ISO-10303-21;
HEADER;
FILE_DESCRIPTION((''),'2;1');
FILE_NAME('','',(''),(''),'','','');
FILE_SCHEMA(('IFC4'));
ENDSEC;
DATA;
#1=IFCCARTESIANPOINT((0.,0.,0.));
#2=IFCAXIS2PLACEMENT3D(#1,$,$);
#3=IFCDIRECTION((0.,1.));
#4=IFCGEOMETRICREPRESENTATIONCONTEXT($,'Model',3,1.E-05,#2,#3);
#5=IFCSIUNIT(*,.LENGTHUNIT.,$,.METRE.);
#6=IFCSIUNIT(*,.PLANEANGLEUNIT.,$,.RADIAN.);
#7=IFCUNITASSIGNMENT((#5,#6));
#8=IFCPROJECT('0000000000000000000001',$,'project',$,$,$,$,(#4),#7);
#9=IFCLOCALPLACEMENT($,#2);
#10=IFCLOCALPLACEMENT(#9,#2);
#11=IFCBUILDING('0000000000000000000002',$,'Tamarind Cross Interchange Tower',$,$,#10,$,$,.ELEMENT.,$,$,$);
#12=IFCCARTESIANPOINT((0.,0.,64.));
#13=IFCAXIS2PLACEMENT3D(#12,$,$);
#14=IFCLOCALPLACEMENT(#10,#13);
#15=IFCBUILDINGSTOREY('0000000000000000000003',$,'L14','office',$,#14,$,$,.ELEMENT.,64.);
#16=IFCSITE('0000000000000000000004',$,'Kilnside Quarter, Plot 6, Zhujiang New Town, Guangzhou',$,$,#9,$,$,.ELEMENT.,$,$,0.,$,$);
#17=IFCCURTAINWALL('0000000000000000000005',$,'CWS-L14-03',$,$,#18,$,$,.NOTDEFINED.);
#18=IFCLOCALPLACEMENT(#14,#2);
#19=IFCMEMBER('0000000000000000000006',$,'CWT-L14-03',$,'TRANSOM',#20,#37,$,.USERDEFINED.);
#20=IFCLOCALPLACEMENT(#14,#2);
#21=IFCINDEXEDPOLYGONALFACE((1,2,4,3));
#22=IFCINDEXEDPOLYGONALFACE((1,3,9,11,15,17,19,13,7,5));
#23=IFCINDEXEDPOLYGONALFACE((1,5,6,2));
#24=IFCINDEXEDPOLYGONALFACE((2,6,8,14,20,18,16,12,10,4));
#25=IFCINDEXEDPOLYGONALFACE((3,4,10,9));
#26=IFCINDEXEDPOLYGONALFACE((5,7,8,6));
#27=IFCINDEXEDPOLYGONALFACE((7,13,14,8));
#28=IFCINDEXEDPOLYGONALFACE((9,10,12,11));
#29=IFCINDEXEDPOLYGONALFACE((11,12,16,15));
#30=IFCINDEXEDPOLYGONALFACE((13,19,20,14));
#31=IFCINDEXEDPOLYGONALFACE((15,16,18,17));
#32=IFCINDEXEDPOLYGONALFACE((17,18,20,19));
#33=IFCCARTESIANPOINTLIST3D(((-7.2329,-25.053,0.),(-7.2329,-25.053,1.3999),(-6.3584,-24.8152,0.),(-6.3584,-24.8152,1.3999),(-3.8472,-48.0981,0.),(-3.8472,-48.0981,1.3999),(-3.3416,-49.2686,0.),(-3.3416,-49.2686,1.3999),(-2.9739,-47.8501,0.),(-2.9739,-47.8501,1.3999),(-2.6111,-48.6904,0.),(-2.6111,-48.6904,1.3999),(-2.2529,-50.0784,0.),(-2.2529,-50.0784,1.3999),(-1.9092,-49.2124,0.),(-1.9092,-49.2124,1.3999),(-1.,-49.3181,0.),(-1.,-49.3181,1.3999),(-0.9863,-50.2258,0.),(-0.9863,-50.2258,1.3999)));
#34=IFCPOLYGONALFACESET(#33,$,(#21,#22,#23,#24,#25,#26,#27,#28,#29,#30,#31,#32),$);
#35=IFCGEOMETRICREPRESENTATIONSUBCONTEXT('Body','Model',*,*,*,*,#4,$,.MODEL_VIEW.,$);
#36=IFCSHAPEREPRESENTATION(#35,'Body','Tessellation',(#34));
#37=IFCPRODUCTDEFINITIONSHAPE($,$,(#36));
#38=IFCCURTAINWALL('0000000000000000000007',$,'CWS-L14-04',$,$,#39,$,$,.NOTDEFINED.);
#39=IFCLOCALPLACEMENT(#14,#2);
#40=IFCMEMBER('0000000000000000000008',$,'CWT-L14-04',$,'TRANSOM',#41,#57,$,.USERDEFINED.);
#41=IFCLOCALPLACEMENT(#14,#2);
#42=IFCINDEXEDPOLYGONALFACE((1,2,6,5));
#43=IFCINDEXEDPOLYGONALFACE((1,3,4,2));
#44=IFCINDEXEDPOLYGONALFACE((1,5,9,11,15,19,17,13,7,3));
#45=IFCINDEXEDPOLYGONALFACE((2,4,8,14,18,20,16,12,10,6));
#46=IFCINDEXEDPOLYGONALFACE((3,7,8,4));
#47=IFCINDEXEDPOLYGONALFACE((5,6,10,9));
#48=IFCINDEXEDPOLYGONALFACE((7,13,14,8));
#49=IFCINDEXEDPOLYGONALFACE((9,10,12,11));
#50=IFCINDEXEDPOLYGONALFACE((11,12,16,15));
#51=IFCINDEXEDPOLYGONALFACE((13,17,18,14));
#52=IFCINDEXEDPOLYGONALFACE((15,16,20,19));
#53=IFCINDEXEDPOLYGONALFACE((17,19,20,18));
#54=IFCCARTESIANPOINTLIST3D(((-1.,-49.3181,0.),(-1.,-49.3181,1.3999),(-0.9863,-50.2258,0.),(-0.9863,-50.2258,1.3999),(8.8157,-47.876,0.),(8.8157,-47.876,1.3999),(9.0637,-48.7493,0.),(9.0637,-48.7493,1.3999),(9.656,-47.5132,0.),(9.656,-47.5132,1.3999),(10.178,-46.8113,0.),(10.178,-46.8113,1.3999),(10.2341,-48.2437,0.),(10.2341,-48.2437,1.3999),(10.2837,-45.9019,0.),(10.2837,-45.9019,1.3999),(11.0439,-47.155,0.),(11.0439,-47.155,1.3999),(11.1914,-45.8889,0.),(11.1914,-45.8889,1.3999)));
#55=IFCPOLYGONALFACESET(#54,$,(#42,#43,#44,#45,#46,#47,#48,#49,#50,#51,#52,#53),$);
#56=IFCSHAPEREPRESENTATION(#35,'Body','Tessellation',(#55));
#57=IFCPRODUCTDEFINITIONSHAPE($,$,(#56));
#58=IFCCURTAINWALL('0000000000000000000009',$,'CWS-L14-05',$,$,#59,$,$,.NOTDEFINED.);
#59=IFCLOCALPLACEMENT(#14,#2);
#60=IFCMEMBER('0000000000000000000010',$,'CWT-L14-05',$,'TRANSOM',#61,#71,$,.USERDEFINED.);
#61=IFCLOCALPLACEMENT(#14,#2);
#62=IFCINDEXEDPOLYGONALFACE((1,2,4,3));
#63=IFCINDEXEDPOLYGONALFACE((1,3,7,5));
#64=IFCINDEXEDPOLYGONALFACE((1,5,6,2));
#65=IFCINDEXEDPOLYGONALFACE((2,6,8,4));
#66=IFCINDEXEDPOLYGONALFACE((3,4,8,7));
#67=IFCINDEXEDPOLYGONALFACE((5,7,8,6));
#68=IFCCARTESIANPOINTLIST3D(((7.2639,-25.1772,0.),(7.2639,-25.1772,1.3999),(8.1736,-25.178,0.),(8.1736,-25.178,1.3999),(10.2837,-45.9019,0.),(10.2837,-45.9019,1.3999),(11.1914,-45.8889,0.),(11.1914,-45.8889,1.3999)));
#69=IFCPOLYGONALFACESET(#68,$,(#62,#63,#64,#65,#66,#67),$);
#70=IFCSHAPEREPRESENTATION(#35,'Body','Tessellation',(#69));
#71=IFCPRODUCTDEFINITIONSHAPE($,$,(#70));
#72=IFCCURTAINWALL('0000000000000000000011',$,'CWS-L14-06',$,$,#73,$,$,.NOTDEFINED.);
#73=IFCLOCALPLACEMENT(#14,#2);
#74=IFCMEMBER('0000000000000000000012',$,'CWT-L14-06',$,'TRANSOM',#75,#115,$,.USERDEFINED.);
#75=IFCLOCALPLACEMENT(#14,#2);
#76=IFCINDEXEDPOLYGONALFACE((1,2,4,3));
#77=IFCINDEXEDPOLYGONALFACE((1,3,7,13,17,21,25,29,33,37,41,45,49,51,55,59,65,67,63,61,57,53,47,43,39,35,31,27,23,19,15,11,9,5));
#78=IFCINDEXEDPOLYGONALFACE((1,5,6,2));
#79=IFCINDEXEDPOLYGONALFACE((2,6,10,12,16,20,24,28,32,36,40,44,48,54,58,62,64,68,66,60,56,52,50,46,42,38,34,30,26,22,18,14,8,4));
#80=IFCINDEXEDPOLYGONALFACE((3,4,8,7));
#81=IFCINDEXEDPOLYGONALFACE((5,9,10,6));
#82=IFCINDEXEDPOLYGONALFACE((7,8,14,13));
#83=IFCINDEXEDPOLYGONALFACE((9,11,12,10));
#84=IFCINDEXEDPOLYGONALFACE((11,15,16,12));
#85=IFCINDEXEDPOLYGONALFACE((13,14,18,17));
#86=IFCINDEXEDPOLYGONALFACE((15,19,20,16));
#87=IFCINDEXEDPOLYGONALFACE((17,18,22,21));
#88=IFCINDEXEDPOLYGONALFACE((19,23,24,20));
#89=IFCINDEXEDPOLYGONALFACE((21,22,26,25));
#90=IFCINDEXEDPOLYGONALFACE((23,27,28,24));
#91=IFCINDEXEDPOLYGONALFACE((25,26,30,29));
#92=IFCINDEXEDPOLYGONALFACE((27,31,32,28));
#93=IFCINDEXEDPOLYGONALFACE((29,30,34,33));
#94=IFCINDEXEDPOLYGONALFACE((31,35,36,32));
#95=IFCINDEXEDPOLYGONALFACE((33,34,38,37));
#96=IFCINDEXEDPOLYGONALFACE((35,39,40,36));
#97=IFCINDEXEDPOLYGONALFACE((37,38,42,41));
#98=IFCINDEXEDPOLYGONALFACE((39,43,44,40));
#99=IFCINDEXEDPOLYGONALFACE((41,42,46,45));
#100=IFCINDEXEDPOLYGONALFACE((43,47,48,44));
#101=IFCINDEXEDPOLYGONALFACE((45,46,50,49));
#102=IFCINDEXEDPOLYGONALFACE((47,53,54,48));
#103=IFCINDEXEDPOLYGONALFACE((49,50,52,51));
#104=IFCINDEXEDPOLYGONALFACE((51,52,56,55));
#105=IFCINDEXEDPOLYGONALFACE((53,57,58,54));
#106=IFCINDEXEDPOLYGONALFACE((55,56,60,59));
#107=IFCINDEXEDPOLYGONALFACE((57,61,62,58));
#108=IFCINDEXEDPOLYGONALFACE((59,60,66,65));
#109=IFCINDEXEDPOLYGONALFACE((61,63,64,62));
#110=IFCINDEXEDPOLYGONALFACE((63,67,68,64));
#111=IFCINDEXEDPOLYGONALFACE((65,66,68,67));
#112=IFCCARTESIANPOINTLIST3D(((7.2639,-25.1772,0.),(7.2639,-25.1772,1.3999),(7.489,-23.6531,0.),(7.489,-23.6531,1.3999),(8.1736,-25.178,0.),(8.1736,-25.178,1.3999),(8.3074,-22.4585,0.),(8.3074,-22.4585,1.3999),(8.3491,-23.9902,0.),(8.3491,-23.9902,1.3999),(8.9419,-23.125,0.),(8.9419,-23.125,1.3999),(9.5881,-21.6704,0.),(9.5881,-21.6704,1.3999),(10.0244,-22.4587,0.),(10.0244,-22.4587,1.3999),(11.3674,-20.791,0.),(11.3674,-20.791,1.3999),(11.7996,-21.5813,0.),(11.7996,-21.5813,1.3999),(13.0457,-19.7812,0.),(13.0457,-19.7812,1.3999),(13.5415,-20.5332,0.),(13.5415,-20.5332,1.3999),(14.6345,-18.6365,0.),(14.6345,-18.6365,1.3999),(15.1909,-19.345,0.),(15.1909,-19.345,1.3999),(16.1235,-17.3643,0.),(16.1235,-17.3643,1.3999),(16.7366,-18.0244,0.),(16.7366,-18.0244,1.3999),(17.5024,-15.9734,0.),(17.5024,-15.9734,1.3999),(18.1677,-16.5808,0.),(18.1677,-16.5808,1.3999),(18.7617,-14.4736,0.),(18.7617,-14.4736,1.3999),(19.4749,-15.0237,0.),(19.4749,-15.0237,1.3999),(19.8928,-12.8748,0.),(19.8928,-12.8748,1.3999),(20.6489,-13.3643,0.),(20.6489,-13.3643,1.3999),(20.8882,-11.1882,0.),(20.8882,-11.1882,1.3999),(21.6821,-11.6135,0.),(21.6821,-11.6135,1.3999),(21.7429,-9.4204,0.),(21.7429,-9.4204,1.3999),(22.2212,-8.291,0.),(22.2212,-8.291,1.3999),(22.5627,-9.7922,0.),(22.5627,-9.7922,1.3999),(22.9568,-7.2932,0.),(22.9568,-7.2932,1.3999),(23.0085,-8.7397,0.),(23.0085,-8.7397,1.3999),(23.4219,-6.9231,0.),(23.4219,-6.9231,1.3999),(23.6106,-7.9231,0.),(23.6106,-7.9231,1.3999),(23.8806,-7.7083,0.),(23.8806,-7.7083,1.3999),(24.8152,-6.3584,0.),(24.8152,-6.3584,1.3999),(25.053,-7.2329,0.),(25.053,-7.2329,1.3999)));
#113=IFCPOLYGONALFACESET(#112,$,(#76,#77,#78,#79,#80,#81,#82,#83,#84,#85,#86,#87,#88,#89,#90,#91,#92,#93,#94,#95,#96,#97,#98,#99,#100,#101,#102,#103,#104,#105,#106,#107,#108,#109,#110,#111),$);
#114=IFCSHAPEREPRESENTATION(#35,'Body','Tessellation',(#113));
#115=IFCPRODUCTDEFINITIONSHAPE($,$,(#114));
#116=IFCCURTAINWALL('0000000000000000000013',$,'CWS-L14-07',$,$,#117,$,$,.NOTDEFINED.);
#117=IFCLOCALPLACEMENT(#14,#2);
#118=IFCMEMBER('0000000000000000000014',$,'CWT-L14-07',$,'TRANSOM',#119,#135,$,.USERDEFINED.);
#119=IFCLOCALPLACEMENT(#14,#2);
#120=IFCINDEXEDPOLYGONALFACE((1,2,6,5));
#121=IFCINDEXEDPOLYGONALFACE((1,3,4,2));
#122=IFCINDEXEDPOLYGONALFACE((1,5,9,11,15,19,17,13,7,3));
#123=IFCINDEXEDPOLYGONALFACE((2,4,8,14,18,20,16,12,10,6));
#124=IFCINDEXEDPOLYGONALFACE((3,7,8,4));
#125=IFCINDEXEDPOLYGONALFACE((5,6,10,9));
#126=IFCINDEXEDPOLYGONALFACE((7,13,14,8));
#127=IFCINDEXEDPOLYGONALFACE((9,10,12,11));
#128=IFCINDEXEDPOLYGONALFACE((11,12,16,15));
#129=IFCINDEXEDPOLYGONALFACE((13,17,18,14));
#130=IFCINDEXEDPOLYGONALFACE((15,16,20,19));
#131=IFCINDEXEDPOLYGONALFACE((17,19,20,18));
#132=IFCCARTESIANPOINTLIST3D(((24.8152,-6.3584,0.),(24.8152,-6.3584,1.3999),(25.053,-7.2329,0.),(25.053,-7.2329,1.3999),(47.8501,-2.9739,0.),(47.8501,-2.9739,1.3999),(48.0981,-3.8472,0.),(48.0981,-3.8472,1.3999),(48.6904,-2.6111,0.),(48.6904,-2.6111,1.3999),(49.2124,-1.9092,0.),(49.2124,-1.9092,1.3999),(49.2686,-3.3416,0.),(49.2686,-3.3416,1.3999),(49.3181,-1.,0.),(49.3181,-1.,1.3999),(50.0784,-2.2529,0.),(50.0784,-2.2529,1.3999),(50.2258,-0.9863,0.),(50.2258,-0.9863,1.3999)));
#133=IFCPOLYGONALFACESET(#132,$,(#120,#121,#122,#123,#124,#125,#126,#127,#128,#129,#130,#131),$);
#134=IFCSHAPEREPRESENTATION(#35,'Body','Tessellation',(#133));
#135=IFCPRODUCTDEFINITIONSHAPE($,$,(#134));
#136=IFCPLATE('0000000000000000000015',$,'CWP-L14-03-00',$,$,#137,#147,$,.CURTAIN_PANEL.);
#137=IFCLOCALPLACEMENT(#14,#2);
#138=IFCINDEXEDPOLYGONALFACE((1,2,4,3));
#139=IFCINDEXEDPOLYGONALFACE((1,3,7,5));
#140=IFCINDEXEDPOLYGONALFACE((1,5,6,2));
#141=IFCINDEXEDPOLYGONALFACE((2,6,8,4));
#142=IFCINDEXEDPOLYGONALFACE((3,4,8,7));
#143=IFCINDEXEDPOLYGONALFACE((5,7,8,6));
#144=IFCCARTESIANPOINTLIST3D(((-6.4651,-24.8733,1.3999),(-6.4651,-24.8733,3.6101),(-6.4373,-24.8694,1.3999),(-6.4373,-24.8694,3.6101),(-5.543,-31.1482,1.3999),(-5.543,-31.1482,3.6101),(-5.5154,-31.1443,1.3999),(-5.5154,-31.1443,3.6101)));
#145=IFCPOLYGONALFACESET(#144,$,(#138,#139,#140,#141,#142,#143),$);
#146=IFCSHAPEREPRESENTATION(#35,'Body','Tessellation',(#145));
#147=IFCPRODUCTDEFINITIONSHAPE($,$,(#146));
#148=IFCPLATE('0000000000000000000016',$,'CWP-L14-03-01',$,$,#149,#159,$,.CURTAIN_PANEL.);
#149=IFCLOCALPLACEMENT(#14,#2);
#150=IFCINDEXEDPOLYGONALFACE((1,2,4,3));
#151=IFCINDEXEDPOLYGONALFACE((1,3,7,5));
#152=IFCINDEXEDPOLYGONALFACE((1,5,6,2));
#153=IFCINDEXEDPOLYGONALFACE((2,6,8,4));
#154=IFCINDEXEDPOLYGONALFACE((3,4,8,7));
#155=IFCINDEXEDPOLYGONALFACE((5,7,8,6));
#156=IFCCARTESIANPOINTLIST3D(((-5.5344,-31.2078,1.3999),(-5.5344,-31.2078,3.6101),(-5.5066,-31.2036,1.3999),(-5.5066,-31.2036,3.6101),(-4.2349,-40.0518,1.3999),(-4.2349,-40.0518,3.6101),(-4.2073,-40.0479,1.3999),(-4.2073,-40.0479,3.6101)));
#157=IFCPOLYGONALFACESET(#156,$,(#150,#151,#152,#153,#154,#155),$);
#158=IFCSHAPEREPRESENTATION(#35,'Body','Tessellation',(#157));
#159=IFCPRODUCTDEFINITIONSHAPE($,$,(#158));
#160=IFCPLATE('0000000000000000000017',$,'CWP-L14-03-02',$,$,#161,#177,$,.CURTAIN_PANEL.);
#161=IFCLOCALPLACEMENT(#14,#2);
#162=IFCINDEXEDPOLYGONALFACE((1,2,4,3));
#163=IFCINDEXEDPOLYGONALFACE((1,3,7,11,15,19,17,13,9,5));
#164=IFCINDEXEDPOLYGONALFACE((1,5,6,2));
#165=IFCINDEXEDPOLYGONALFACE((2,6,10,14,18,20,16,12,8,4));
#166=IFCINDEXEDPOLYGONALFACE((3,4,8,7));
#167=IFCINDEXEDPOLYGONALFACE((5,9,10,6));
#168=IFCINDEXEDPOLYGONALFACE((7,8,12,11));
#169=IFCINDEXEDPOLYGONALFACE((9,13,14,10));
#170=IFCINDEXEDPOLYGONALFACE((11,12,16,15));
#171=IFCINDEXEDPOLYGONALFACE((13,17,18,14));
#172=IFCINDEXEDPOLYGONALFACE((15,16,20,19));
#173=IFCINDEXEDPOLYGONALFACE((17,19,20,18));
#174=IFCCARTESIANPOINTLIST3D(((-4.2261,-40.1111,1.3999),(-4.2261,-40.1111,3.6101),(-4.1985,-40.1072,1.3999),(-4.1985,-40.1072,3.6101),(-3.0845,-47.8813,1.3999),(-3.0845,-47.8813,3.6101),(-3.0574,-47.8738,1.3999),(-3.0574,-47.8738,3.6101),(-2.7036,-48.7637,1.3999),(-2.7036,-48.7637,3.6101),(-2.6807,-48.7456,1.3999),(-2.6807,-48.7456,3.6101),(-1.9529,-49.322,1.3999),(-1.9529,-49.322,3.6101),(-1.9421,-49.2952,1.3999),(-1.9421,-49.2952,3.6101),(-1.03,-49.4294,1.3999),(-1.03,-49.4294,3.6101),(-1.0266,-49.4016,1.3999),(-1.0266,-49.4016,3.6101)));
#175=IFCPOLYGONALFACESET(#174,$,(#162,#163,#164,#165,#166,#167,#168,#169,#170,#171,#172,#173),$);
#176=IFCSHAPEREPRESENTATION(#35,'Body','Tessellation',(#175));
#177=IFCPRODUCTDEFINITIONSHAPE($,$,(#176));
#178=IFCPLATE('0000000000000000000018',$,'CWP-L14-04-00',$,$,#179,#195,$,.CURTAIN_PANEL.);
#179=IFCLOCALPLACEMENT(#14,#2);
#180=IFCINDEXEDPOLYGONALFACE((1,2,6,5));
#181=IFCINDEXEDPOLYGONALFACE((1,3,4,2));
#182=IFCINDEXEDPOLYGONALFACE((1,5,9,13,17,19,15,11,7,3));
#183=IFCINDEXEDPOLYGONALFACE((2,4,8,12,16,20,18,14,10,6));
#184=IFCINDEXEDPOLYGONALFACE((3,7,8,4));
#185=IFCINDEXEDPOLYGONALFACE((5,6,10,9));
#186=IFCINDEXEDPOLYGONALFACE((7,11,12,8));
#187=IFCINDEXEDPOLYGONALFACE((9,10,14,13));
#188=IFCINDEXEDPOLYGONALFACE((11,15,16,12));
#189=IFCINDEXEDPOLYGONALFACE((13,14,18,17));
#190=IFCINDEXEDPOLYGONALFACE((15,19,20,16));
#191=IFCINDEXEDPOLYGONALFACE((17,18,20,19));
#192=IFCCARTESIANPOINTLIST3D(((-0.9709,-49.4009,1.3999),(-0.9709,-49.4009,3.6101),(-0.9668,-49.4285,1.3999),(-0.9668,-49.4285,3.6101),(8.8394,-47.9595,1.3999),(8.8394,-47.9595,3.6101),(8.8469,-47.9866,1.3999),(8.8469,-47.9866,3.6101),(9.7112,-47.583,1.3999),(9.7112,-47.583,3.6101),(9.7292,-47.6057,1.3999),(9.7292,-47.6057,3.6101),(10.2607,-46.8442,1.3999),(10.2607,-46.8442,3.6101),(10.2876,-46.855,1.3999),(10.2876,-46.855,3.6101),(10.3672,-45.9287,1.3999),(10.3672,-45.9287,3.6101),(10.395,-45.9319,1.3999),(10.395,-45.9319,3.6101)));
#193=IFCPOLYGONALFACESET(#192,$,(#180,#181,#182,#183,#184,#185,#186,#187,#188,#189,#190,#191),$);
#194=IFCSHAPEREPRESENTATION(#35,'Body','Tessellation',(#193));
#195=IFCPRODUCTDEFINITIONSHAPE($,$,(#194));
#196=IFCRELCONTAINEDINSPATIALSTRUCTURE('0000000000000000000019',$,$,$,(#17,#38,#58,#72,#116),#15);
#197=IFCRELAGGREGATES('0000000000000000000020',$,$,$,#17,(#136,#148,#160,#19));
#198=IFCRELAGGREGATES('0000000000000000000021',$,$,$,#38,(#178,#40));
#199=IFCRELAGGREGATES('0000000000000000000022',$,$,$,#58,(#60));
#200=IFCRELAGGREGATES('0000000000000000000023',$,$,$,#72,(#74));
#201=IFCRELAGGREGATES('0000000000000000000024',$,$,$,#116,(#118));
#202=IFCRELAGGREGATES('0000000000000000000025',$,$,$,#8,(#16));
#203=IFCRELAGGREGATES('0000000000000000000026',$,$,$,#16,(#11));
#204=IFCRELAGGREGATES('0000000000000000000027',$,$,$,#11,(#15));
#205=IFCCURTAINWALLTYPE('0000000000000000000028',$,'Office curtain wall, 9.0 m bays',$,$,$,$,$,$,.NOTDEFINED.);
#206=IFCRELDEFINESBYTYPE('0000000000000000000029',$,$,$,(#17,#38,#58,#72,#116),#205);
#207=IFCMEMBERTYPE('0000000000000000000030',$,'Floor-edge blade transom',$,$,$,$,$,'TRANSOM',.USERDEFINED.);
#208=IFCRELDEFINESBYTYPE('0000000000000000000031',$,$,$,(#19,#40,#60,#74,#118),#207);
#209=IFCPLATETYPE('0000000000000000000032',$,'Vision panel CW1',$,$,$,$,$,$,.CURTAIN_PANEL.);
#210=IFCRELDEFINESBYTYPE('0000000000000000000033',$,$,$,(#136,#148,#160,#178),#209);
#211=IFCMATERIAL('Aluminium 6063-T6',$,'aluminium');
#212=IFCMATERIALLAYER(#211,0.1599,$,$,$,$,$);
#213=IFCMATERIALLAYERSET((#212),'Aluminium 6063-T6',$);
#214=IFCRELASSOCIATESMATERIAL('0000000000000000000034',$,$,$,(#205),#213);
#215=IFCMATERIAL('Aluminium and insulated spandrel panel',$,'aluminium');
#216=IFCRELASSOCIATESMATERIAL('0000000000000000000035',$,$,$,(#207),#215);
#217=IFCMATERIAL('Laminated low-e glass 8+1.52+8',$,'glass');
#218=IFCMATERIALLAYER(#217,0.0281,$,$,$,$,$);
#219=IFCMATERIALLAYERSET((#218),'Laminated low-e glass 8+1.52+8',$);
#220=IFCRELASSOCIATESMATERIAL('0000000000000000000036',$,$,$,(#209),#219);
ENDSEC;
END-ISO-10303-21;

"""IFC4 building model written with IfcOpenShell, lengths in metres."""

from ifc_helpers import new_model, si_unit, direction, frame, origin, place, context, subcontext, project, spatial, polyline, outline, extrude, material, layer, layer_set, type_object, element, aggregate, save


model = new_model("IFC4")

# Units and contexts
model_context = context("Model", 3, precision=1e-05, world=origin(), true_north=direction((0.0, 1.0)))
body_context = subcontext(model_context, "Body", "Model", "MODEL_VIEW")
ifc_project = project(units=[si_unit("LENGTHUNIT", "METRE"), si_unit("PLANEANGLEUNIT", "RADIAN")], contexts=[model_context])

# Site, building, storey
site_placement = place(None, origin())
site = spatial("IfcSite", under=ifc_project, at=site_placement, Name="Kilnside Quarter, Plot 6, Zhujiang New Town, Guangzhou", CompositionType="ELEMENT", RefElevation=0.0)
building_placement = place(site_placement, origin())
building = spatial("IfcBuilding", under=site, at=building_placement, Name="Tamarind Cross Interchange Tower", CompositionType="ELEMENT")
storey_placement = place(building_placement, frame((0.0, 0.0, 64.0)))
storey = spatial("IfcBuildingStorey", under=building, at=storey_placement, Name="L14", Description="office", CompositionType="ELEMENT", Elevation=64.0)

# Curtain walls, members
ifc_material_1 = material(Name="Aluminium 6063-T6", Category="aluminium")
ifc_layer_1 = layer(ifc_material_1, 0.1599)
ifc_layer_set_1 = layer_set([ifc_layer_1], Name="Aluminium 6063-T6")
curtain_wall_type = type_object("IfcCurtainWallType", Name="Office curtain wall, 9.0 m bays", PredefinedType="NOTDEFINED", material=ifc_layer_set_1)
curtain_wall_1_placement = place(storey_placement, origin())
curtain_wall_1 = element("IfcCurtainWall", 1, at=curtain_wall_1_placement, inside=storey, type_object=curtain_wall_type, Name="CWS-L14-03", PredefinedType="NOTDEFINED")
ifc_material_2 = material(Name="Aluminium and insulated spandrel panel", Category="aluminium")
member_type = type_object("IfcMemberType", Name="Floor-edge blade transom", ElementType="TRANSOM", PredefinedType="USERDEFINED", material=ifc_material_2)
member_1_placement = place(storey_placement, origin())
member_1 = element("IfcMember", 2, at=member_1_placement, type_object=member_type, Name="CWT-L14-03", ObjectType="TRANSOM", PredefinedType="USERDEFINED", context=body_context, shape_type="SweptSolid", body=[
    extrude(outline(polyline([(-6.3584, -24.8152), (-2.9739, -47.8501), (-2.6111, -48.6904), (-1.9092, -49.2124), (-1.0, -49.3181), (-0.9863, -50.2258), (-2.2529, -50.0784), (-3.3416, -49.2686), (-3.8472, -48.0981), (-7.2329, -25.053), (-6.3584, -24.8152)])), origin(), (0.0, 0.0, 1.0), 1.3999),
])
curtain_wall_2_placement = place(storey_placement, origin())
curtain_wall_2 = element("IfcCurtainWall", 3, at=curtain_wall_2_placement, inside=storey, type_object=curtain_wall_type, Name="CWS-L14-04", PredefinedType="NOTDEFINED")
member_2_placement = place(storey_placement, origin())
member_2 = element("IfcMember", 4, at=member_2_placement, type_object=member_type, Name="CWT-L14-04", ObjectType="TRANSOM", PredefinedType="USERDEFINED", context=body_context, shape_type="SweptSolid", body=[
    extrude(outline(polyline([(-1.0, -49.3181), (8.8157, -47.876), (9.656, -47.5132), (10.178, -46.8113), (10.2837, -45.9019), (11.1914, -45.8889), (11.0439, -47.155), (10.2341, -48.2437), (9.0637, -48.7493), (-0.9863, -50.2258), (-1.0, -49.3181)])), origin(), (0.0, 0.0, 1.0), 1.3999),
])
curtain_wall_3_placement = place(storey_placement, origin())
curtain_wall_3 = element("IfcCurtainWall", 5, at=curtain_wall_3_placement, inside=storey, type_object=curtain_wall_type, Name="CWS-L14-05", PredefinedType="NOTDEFINED")
member_3_placement = place(storey_placement, origin())
member_3 = element("IfcMember", 6, at=member_3_placement, type_object=member_type, Name="CWT-L14-05", ObjectType="TRANSOM", PredefinedType="USERDEFINED", context=body_context, shape_type="SweptSolid", body=[
    extrude(outline(polyline([(10.2837, -45.9019), (7.2639, -25.1772), (8.1736, -25.178), (11.1914, -45.8889), (10.2837, -45.9019)])), origin(), (0.0, 0.0, 1.0), 1.3999),
])
curtain_wall_4_placement = place(storey_placement, origin())
curtain_wall_4 = element("IfcCurtainWall", 7, at=curtain_wall_4_placement, inside=storey, type_object=curtain_wall_type, Name="CWS-L14-06", PredefinedType="NOTDEFINED")
member_4_placement = place(storey_placement, origin())
member_4 = element("IfcMember", 8, at=member_4_placement, type_object=member_type, Name="CWT-L14-06", ObjectType="TRANSOM", PredefinedType="USERDEFINED", context=body_context, shape_type="SweptSolid", body=[
    extrude(outline(polyline([(7.2639, -25.1772), (7.489, -23.6531), (8.3074, -22.4585), (9.5881, -21.6704), (11.3674, -20.791), (13.0457, -19.7812), (14.6345, -18.6365), (16.1235, -17.3643), (17.5024, -15.9734), (18.7617, -14.4736), (19.8928, -12.8748), (20.8882, -11.1882), (21.7429, -9.4204), (22.2212, -8.291), (22.9568, -7.2932), (23.4219, -6.9231), (24.8152, -6.3584), (25.053, -7.2329), (23.8806, -7.7083), (23.6106, -7.9231), (23.0085, -8.7397), (22.5627, -9.7922), (21.6821, -11.6135), (20.6489, -13.3643), (19.4749, -15.0237), (18.1677, -16.5808), (16.7366, -18.0244), (15.1909, -19.345), (13.5415, -20.5332), (11.7996, -21.5813), (10.0244, -22.4587), (8.9419, -23.125), (8.3491, -23.9902), (8.1736, -25.178), (7.2639, -25.1772)])), origin(), (0.0, 0.0, 1.0), 1.3999),
])
curtain_wall_5_placement = place(storey_placement, origin())
curtain_wall_5 = element("IfcCurtainWall", 9, at=curtain_wall_5_placement, inside=storey, type_object=curtain_wall_type, Name="CWS-L14-07", PredefinedType="NOTDEFINED")
member_5_placement = place(storey_placement, origin())
member_5 = element("IfcMember", 10, at=member_5_placement, type_object=member_type, Name="CWT-L14-07", ObjectType="TRANSOM", PredefinedType="USERDEFINED", context=body_context, shape_type="SweptSolid", body=[
    extrude(outline(polyline([(24.8152, -6.3584), (47.8501, -2.9739), (48.6904, -2.6111), (49.2124, -1.9092), (49.3181, -1.0), (50.2258, -0.9863), (50.0784, -2.2529), (49.2686, -3.3416), (48.0981, -3.8472), (25.053, -7.2329), (24.8152, -6.3584)])), origin(), (0.0, 0.0, 1.0), 1.3999),
])

# Plates
ifc_material_3 = material(Name="Laminated low-e glass 8+1.52+8", Category="glass")
ifc_layer_2 = layer(ifc_material_3, 0.0281)
ifc_layer_set_2 = layer_set([ifc_layer_2], Name="Laminated low-e glass 8+1.52+8")
plate_type = type_object("IfcPlateType", Name="Vision panel CW1", PredefinedType="CURTAIN_PANEL", material=ifc_layer_set_2)
plate_1_placement = place(storey_placement, frame((0.0, 0.0, 1.3999)))
plate_1 = element("IfcPlate", 11, at=plate_1_placement, type_object=plate_type, Name="CWP-L14-03-00", PredefinedType="CURTAIN_PANEL", context=body_context, shape_type="SweptSolid", body=[
    extrude(outline(polyline([(-6.4373, -24.8694), (-5.5154, -31.1443), (-5.543, -31.1482), (-6.4651, -24.8733), (-6.4373, -24.8694)])), origin(), (0.0, 0.0, 1.0), 2.2102),
])
plate_2_placement = place(storey_placement, frame((0.0, 0.0, 1.3999)))
plate_2 = element("IfcPlate", 12, at=plate_2_placement, type_object=plate_type, Name="CWP-L14-03-01", PredefinedType="CURTAIN_PANEL", context=body_context, shape_type="SweptSolid", body=[
    extrude(outline(polyline([(-5.5066, -31.2036), (-4.2073, -40.0479), (-4.2349, -40.0518), (-5.5344, -31.2078), (-5.5066, -31.2036)])), origin(), (0.0, 0.0, 1.0), 2.2102),
])
plate_3_placement = place(storey_placement, frame((0.0, 0.0, 1.3999)))
plate_3 = element("IfcPlate", 13, at=plate_3_placement, type_object=plate_type, Name="CWP-L14-03-02", PredefinedType="CURTAIN_PANEL", context=body_context, shape_type="SweptSolid", body=[
    extrude(outline(polyline([(-4.1985, -40.1072), (-3.0574, -47.8738), (-2.6807, -48.7456), (-1.9421, -49.2952), (-1.0266, -49.4016), (-1.03, -49.4294), (-1.9529, -49.322), (-2.7036, -48.7637), (-3.0845, -47.8813), (-4.2261, -40.1111), (-4.1985, -40.1072)])), origin(), (0.0, 0.0, 1.0), 2.2102),
])
aggregate(curtain_wall_1, [plate_1, plate_2, plate_3, member_1])
plate_4_placement = place(storey_placement, frame((0.0, 0.0, 1.3999)))
plate_4 = element("IfcPlate", 14, at=plate_4_placement, type_object=plate_type, Name="CWP-L14-04-00", PredefinedType="CURTAIN_PANEL", context=body_context, shape_type="SweptSolid", body=[
    extrude(outline(polyline([(-0.9709, -49.4009), (8.8394, -47.9595), (9.7112, -47.583), (10.2607, -46.8442), (10.3672, -45.9287), (10.395, -45.9319), (10.2876, -46.855), (9.7292, -47.6057), (8.8469, -47.9866), (-0.9668, -49.4285), (-0.9709, -49.4009)])), origin(), (0.0, 0.0, 1.0), 2.2102),
])
aggregate(curtain_wall_2, [plate_4, member_2])
aggregate(curtain_wall_3, [member_3])
aggregate(curtain_wall_4, [member_4])
aggregate(curtain_wall_5, [member_5])

save(model, "model.ifc")
